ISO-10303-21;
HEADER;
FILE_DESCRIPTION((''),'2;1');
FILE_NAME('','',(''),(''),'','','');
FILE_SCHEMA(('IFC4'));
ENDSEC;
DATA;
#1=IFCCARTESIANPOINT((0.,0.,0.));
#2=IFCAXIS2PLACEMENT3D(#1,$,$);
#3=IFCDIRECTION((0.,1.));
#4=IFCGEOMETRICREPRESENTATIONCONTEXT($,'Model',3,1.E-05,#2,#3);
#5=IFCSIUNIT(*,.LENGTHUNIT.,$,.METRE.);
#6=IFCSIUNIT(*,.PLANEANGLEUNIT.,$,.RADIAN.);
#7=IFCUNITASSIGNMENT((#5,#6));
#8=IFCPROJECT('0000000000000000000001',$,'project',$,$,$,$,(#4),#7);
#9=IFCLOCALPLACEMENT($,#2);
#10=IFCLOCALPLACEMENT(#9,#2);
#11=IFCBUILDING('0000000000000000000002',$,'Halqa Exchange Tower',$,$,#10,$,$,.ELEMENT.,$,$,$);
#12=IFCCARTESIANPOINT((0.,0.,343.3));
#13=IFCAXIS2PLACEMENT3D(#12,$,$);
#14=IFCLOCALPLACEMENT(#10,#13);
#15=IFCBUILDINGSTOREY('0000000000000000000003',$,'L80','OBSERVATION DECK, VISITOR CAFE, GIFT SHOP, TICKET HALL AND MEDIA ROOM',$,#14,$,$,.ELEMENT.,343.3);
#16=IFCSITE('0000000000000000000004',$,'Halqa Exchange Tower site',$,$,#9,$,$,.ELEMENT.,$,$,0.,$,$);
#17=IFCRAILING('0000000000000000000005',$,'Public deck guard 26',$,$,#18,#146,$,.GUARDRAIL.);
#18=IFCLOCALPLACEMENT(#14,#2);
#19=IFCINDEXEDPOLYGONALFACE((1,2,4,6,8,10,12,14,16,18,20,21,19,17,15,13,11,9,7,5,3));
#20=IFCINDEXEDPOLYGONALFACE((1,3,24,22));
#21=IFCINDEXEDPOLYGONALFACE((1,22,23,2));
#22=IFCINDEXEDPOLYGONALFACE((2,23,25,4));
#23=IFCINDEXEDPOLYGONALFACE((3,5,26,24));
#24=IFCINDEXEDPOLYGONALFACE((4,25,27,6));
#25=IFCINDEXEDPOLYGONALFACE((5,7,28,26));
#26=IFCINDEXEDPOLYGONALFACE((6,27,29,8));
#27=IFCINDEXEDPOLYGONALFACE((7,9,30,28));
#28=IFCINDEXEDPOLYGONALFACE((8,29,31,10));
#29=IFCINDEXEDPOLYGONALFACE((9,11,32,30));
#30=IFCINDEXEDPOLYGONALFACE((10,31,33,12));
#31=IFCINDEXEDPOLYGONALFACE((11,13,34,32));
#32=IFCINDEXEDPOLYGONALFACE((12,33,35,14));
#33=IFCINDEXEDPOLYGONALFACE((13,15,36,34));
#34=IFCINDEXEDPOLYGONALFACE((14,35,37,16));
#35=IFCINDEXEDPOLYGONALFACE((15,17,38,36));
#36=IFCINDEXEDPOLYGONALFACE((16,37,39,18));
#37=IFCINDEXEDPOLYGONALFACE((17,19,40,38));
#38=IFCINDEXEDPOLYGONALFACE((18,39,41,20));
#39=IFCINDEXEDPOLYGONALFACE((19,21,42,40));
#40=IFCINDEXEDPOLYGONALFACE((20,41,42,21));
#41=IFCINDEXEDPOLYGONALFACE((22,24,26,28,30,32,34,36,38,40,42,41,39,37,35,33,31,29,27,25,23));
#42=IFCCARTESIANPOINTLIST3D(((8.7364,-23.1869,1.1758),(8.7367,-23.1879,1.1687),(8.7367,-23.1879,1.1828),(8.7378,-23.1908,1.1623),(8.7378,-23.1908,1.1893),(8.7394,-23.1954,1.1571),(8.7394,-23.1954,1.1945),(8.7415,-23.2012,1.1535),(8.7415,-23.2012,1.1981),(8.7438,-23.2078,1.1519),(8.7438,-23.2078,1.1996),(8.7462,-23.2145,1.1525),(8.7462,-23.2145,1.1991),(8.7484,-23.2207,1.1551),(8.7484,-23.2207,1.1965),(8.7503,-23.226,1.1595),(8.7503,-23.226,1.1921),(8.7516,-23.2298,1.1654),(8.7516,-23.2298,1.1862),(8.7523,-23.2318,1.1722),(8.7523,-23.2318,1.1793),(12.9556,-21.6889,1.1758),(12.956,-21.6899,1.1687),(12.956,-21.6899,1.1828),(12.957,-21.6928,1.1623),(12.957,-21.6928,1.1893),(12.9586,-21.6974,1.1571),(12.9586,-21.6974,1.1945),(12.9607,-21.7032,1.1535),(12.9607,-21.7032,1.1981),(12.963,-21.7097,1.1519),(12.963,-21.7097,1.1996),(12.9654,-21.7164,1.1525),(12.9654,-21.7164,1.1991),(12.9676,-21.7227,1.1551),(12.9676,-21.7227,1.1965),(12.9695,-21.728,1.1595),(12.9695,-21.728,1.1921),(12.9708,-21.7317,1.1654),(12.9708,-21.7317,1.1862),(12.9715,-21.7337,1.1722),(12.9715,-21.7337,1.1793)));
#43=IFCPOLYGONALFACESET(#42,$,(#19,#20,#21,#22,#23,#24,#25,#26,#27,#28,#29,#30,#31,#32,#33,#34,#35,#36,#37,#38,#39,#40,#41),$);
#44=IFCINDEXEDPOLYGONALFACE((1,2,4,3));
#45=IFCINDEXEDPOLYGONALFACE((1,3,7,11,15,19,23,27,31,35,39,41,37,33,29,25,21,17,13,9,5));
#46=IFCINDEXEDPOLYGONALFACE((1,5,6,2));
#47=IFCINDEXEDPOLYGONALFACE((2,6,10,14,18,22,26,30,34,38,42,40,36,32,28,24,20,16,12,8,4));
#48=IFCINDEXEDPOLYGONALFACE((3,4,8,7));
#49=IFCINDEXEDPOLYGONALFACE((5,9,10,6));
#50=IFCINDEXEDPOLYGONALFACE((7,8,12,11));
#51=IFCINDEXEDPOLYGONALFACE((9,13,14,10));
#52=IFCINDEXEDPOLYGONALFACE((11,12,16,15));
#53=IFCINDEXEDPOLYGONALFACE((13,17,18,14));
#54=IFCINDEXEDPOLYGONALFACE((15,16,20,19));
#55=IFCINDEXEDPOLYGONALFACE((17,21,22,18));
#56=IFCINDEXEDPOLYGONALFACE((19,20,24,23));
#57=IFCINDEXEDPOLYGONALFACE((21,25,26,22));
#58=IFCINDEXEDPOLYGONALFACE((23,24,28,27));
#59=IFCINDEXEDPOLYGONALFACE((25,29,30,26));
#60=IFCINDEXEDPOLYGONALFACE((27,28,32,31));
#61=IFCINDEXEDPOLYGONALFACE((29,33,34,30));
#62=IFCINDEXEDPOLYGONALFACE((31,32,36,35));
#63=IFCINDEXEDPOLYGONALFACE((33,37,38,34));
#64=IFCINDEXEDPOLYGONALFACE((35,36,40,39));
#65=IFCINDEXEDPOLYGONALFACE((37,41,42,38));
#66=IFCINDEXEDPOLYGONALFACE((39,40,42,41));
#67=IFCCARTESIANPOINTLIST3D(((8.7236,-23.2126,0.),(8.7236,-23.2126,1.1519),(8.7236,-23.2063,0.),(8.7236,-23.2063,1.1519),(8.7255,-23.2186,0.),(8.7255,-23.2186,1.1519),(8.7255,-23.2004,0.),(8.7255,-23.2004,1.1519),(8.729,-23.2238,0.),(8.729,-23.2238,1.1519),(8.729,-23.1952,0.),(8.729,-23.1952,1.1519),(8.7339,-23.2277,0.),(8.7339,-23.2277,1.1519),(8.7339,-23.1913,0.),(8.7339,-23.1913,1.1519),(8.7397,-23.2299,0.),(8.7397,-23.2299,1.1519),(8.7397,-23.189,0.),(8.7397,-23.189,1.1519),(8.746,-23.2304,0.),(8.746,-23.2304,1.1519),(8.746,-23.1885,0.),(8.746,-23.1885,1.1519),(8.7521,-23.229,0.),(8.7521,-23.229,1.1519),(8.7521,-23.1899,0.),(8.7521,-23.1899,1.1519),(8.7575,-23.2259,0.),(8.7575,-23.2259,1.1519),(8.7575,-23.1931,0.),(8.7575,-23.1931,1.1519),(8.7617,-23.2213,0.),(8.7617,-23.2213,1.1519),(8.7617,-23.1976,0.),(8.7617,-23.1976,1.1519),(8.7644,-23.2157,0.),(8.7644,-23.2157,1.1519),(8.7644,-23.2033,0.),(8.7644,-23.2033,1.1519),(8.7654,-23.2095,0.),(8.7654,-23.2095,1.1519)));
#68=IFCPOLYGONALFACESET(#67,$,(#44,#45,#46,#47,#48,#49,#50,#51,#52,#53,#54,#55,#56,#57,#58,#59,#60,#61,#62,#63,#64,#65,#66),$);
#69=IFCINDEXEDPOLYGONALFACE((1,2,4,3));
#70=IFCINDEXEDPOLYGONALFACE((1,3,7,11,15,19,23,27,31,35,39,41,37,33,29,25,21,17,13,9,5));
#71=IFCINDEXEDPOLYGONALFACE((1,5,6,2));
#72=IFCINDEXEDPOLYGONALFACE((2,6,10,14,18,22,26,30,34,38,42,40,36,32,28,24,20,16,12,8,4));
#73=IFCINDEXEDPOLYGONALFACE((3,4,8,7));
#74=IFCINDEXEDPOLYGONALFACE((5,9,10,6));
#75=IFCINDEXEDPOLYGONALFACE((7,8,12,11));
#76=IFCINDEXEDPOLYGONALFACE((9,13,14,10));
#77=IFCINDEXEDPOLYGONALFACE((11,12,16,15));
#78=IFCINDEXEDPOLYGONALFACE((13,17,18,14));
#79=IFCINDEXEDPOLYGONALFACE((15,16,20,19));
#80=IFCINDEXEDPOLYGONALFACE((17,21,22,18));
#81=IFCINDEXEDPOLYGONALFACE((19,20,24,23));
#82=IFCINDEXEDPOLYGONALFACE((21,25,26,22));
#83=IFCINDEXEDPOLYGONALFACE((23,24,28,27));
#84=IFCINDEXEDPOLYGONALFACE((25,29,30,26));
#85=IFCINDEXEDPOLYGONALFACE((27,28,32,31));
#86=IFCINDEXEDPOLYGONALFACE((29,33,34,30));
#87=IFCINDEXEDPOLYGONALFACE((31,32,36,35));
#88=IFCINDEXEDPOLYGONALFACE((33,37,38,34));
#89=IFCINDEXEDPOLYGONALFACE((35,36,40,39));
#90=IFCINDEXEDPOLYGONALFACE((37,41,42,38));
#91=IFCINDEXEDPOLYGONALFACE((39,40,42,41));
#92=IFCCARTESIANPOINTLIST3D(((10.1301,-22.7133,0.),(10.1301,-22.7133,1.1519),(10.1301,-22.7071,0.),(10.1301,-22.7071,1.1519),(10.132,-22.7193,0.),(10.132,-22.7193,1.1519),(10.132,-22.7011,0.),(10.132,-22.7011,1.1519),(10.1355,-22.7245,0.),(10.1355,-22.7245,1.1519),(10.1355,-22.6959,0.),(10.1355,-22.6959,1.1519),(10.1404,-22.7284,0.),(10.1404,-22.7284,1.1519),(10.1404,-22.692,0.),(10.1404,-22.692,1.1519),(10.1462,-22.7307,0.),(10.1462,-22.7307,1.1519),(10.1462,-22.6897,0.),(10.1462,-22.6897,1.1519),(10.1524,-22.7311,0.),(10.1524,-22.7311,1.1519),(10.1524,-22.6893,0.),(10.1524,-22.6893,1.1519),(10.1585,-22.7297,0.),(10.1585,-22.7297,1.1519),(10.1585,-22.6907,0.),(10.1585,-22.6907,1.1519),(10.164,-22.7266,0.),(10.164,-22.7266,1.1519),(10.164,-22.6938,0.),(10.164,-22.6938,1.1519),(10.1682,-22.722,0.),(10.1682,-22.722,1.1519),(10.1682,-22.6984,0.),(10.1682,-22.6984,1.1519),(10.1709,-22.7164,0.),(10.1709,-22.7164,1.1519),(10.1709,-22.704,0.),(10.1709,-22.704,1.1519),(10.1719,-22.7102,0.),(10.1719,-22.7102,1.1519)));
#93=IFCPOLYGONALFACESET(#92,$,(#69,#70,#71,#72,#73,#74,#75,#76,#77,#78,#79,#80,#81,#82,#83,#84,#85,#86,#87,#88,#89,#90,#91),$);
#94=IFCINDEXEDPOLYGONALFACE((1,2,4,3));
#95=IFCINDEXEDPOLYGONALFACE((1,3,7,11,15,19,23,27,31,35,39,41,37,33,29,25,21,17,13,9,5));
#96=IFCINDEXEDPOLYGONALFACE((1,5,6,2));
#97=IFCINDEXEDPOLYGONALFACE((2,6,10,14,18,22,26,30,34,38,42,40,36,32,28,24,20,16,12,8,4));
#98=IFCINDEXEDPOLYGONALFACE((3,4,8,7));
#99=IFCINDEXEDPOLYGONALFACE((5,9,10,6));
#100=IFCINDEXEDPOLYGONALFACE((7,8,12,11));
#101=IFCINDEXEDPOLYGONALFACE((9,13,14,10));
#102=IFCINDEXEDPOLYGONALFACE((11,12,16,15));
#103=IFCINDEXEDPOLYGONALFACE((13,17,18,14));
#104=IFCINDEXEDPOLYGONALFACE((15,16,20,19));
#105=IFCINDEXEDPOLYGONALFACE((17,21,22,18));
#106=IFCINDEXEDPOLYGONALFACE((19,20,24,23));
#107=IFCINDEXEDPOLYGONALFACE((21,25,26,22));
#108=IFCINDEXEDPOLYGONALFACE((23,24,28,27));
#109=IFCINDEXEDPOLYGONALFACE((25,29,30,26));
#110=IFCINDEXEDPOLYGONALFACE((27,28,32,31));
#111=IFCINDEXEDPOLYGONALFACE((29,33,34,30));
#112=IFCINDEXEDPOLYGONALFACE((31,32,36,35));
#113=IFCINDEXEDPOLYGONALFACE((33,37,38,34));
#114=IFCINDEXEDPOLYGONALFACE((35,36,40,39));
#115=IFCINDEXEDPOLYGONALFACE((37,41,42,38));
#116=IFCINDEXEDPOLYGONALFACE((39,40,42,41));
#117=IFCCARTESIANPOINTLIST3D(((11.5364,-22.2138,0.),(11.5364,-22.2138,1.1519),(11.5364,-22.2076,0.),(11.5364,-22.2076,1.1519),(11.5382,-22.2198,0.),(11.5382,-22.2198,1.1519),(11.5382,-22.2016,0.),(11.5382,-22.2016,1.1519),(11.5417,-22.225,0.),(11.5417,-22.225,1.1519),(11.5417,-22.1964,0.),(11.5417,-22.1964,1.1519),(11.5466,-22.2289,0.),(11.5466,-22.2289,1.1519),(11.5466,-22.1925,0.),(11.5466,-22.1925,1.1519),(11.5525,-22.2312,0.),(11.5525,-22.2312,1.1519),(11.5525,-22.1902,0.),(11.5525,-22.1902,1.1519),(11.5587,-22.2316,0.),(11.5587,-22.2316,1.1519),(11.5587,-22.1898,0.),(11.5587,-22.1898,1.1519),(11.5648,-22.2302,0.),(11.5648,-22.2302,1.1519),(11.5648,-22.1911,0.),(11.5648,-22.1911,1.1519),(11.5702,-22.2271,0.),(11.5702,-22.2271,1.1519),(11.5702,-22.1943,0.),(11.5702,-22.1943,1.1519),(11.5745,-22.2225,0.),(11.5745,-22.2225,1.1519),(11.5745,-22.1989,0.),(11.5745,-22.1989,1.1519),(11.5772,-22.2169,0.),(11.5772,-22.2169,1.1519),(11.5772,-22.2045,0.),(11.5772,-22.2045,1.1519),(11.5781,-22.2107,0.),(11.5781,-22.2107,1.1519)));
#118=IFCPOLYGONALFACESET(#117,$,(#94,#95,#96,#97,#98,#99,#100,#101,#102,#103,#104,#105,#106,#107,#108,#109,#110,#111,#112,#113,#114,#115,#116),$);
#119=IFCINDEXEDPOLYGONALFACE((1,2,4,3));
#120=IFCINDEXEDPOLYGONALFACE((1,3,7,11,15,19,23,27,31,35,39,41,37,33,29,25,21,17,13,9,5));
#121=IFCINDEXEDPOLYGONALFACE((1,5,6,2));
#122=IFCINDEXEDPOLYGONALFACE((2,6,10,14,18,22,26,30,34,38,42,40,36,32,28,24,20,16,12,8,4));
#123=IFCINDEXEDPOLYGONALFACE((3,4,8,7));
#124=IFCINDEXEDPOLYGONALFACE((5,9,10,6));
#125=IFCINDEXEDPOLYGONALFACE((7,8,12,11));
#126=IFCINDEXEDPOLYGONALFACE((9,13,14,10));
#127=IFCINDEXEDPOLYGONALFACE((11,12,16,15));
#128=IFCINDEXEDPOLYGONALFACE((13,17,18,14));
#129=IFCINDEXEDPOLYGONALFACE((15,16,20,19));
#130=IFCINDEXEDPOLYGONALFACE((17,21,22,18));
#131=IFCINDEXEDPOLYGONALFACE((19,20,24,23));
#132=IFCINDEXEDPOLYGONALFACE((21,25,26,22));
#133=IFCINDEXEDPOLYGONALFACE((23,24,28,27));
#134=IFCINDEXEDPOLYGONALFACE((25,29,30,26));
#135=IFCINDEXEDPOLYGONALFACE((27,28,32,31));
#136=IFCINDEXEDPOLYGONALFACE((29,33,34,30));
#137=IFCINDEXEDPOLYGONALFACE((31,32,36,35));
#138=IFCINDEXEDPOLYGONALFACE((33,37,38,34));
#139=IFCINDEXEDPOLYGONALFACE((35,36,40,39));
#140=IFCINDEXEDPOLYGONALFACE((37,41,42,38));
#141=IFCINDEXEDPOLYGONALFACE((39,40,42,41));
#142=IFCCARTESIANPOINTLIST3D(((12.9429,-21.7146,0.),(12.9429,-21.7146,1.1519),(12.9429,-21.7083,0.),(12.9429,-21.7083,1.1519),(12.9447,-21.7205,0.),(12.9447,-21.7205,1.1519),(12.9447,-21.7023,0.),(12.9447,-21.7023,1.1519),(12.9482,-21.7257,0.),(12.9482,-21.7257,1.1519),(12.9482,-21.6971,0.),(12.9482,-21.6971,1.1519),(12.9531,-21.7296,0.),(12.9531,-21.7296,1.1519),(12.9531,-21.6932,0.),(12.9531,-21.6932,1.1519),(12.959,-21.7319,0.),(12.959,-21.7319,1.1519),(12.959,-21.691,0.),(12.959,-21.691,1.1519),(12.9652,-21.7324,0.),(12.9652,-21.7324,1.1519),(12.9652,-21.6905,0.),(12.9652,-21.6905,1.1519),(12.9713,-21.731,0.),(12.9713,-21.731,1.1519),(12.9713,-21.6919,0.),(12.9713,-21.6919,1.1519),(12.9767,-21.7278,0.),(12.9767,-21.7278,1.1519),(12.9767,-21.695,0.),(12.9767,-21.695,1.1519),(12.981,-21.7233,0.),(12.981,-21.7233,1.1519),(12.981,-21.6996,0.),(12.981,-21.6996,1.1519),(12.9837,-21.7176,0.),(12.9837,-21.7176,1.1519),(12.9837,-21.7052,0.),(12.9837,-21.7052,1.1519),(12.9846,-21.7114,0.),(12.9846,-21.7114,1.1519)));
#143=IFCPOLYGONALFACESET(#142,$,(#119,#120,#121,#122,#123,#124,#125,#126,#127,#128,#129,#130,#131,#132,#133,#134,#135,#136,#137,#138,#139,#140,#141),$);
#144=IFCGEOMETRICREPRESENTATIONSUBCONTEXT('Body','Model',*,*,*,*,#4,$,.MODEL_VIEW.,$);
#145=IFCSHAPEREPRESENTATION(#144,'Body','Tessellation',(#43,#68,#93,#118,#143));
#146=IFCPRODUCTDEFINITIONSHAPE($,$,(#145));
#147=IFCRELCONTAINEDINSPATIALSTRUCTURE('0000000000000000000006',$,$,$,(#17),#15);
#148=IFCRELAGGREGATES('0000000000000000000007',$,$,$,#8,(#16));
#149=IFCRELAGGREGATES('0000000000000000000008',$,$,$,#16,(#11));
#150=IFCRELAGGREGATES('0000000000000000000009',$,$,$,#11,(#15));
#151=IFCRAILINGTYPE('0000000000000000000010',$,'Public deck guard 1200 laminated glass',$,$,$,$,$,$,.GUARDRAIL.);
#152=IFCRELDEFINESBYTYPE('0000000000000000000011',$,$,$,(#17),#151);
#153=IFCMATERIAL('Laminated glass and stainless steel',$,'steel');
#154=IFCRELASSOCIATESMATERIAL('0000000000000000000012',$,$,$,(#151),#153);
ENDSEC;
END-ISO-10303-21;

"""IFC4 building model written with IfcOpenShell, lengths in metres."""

from ifc_helpers import new_model, si_unit, direction, frame, origin, origin_2d, place, context, subcontext, project, spatial, circle, extrude, material, type_object, element, save


model = new_model("IFC4")

# Units and contexts
model_context = context("Model", 3, precision=1e-05, world=origin(), true_north=direction((0.0, 1.0)))
body_context = subcontext(model_context, "Body", "Model", "MODEL_VIEW")
ifc_project = project(units=[si_unit("LENGTHUNIT", "METRE"), si_unit("PLANEANGLEUNIT", "RADIAN")], contexts=[model_context])

# Site, building, storey
site_placement = place(None, origin())
site = spatial("IfcSite", under=ifc_project, at=site_placement, Name="Halqa Exchange Tower site", CompositionType="ELEMENT", RefElevation=0.0)
building_placement = place(site_placement, origin())
building = spatial("IfcBuilding", under=site, at=building_placement, Name="Halqa Exchange Tower", CompositionType="ELEMENT")
storey_placement = place(building_placement, frame((0.0, 0.0, 343.3)))
storey = spatial("IfcBuildingStorey", under=building, at=storey_placement, Name="L80", Description="OBSERVATION DECK, VISITOR CAFE, GIFT SHOP, TICKET HALL AND MEDIA ROOM", CompositionType="ELEMENT", Elevation=343.3)

# Railing
ifc_material_1 = material(Name="Laminated glass and stainless steel", Category="steel")
railing_type = type_object("IfcRailingType", Name="Public deck guard 1200 laminated glass", PredefinedType="GUARDRAIL", material=ifc_material_1)
railing_1_placement = place(storey_placement, frame((8.7444, -23.2095, 0.0)))
element("IfcRailing", 1, at=railing_1_placement, inside=storey, type_object=railing_type, Name="Public deck guard 26", PredefinedType="GUARDRAIL", context=body_context, shape_type="SweptSolid", body=[
    extrude(circle(Radius=0.0239, at=origin_2d()), frame((0.0, 0.0, 1.1758), z_axis=(0.942365, 0.334588, 0.0), x_axis=(-0.334588, 0.942365, 0.0)), (0.0, 0.0, 1.0), 4.4773),
    extrude(circle(Radius=0.021, at=origin_2d()), origin(), (0.0, 0.0, 1.0), 1.1519),
    extrude(circle(Radius=0.021, at=origin_2d()), frame((1.4065, 0.4993, 0.0)), (0.0, 0.0, 1.0), 1.1519),
    extrude(circle(Radius=0.021, at=origin_2d()), frame((2.8127, 0.9988, 0.0)), (0.0, 0.0, 1.0), 1.1519),
    extrude(circle(Radius=0.021, at=origin_2d()), frame((4.2192, 1.498, 0.0)), (0.0, 0.0, 1.0), 1.1519),
])

save(model, "model.ifc")
